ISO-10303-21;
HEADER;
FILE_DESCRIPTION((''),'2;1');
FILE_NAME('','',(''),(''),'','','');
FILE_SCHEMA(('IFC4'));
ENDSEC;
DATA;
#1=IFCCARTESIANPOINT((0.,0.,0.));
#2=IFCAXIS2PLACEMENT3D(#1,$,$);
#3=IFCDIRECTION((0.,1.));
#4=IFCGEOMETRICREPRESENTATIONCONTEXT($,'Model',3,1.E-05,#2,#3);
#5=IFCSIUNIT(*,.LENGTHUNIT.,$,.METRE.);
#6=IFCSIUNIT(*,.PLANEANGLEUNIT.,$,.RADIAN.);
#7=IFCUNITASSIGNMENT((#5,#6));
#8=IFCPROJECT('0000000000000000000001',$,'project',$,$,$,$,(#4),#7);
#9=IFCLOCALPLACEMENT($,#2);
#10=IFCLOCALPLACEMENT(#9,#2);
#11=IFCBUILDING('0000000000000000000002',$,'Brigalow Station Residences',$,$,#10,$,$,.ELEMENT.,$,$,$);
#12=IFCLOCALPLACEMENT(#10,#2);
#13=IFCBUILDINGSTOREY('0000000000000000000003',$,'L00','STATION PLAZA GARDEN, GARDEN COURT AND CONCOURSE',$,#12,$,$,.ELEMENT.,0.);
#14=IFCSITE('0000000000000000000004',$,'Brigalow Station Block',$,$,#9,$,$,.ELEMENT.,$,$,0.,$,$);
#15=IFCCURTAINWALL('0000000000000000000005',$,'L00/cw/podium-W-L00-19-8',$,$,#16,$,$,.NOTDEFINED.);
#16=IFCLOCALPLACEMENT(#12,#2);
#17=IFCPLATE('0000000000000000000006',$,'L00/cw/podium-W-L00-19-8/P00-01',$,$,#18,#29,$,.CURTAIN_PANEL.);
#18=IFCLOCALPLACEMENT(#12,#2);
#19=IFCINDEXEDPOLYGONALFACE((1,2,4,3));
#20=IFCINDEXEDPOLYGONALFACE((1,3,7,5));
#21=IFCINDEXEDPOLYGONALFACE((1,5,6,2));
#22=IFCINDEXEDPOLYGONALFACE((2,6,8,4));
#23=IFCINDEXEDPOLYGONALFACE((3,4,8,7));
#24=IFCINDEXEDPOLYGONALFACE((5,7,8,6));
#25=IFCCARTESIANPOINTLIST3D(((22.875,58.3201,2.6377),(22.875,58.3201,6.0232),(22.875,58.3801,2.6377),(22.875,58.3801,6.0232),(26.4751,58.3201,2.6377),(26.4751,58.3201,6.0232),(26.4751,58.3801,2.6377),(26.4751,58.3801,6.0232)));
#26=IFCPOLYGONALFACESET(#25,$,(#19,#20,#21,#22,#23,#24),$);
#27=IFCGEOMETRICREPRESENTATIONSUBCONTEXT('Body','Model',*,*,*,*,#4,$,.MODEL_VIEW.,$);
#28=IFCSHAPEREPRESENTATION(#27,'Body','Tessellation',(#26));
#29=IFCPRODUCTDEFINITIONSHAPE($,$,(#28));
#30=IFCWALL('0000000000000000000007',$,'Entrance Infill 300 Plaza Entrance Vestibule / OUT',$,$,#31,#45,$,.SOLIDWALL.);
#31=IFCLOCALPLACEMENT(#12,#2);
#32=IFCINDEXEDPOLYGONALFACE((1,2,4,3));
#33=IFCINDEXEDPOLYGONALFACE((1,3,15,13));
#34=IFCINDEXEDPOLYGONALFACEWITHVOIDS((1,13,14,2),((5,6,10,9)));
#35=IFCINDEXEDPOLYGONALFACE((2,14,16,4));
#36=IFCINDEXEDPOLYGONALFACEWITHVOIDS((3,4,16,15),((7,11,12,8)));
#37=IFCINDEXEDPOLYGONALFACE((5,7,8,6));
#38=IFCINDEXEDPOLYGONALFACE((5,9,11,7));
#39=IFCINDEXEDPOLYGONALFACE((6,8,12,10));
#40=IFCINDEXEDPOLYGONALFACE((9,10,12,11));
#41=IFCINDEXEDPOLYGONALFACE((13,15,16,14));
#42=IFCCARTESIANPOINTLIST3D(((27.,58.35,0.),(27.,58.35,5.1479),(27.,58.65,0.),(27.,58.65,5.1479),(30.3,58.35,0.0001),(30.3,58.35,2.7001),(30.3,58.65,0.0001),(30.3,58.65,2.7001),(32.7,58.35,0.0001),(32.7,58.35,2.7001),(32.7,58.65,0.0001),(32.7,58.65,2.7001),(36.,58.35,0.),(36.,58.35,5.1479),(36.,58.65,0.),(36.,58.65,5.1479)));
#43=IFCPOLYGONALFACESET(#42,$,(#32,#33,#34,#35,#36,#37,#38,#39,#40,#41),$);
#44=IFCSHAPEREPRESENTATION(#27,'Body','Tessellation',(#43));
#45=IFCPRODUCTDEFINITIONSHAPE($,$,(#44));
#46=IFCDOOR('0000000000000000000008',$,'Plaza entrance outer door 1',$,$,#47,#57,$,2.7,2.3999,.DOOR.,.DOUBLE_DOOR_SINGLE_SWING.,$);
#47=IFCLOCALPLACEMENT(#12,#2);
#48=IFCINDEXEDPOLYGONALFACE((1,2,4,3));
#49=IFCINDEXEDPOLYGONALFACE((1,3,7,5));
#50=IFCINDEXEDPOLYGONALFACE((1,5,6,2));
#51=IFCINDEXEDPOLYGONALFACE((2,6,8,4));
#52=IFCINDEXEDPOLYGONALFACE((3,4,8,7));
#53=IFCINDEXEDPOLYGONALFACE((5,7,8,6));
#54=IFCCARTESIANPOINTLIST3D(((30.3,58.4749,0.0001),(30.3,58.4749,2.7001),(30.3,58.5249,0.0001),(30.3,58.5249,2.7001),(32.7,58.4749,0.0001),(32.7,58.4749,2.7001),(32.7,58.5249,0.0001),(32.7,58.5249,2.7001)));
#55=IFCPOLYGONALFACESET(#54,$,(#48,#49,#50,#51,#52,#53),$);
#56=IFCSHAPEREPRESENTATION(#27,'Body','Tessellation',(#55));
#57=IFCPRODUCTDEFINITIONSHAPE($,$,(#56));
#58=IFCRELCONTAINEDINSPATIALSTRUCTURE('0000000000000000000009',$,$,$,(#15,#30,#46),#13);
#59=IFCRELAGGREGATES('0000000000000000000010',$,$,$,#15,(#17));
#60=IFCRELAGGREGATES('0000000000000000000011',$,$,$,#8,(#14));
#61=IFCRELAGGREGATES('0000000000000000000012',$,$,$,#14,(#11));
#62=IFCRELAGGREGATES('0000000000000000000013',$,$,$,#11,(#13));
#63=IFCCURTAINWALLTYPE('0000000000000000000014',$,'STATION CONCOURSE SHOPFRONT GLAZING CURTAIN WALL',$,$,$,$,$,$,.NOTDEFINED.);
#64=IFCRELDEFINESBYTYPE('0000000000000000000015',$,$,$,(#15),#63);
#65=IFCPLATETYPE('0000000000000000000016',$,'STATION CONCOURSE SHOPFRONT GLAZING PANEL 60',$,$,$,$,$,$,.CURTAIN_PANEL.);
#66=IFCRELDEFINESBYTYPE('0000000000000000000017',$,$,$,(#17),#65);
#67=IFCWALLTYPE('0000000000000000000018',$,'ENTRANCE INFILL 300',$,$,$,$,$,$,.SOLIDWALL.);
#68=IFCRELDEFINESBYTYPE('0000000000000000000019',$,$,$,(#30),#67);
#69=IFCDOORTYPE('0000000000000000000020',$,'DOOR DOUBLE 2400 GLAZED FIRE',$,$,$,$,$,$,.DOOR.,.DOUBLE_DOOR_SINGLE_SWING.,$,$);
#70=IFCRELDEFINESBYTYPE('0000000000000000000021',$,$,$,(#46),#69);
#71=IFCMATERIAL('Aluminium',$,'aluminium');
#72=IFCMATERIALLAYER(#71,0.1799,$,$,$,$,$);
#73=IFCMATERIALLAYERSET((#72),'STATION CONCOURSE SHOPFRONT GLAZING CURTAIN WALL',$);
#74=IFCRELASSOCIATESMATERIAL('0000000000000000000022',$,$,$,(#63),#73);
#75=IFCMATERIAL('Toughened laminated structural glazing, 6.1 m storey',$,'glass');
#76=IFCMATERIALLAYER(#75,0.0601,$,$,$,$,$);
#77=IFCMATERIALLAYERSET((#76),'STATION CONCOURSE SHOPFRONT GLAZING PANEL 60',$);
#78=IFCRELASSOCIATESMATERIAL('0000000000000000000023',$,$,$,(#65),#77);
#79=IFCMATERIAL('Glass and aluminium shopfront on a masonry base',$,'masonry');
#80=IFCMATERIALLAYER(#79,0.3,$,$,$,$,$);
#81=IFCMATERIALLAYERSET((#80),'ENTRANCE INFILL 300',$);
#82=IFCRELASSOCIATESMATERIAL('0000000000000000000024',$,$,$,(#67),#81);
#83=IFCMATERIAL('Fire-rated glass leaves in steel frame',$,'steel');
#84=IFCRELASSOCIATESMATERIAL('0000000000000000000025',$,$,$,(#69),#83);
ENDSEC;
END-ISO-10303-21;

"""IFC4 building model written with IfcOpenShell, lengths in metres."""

from ifc_helpers import new_model, si_unit, direction, frame, frame_2d, origin, origin_2d, place, context, subcontext, project, spatial, rectangle, extrude, material, layer, layer_set, type_object, element, fill, aggregate, save


model = new_model("IFC4")

# Units and contexts
model_context = context("Model", 3, precision=1e-05, world=origin(), true_north=direction((0.0, 1.0)))
body_context = subcontext(model_context, "Body", "Model", "MODEL_VIEW")
ifc_project = project(units=[si_unit("LENGTHUNIT", "METRE"), si_unit("PLANEANGLEUNIT", "RADIAN")], contexts=[model_context])

# Site, building, storey
site_placement = place(None, origin())
site = spatial("IfcSite", under=ifc_project, at=site_placement, Name="Brigalow Station Block", CompositionType="ELEMENT", RefElevation=0.0)
building_placement = place(site_placement, origin())
building = spatial("IfcBuilding", under=site, at=building_placement, Name="Brigalow Station Residences", CompositionType="ELEMENT")
storey_placement = place(building_placement, origin())
storey = spatial("IfcBuildingStorey", under=building, at=storey_placement, Name="L00", Description="STATION PLAZA GARDEN, GARDEN COURT AND CONCOURSE", CompositionType="ELEMENT", Elevation=0.0)

# Curtain wall
ifc_material_1 = material(Name="Aluminium", Category="aluminium")
ifc_layer_1 = layer(ifc_material_1, 0.1799)
ifc_layer_set_1 = layer_set([ifc_layer_1], Name="STATION CONCOURSE SHOPFRONT GLAZING CURTAIN WALL")
curtain_wall_type_1 = type_object("IfcCurtainWallType", Name="STATION CONCOURSE SHOPFRONT GLAZING CURTAIN WALL", PredefinedType="NOTDEFINED", material=ifc_layer_set_1)
curtain_wall_1_placement = place(storey_placement, origin())
curtain_wall_1 = element("IfcCurtainWall", 1, at=curtain_wall_1_placement, inside=storey, type_object=curtain_wall_type_1, Name="L00/cw/podium-W-L00-19-8", PredefinedType="NOTDEFINED")

# Plate
ifc_material_2 = material(Name="Toughened laminated structural glazing, 6.1 m storey", Category="glass")
ifc_layer_2 = layer(ifc_material_2, 0.0601)
ifc_layer_set_2 = layer_set([ifc_layer_2], Name="STATION CONCOURSE SHOPFRONT GLAZING PANEL 60")
plate_type_1 = type_object("IfcPlateType", Name="STATION CONCOURSE SHOPFRONT GLAZING PANEL 60", PredefinedType="CURTAIN_PANEL", material=ifc_layer_set_2)
plate_1_placement = place(storey_placement, frame((24.675, 58.3501, 2.6377), z_axis=(0.0, 0.0, 1.0), x_axis=(-1.0, 0.0, 0.0)))
plate_1 = element("IfcPlate", 2, at=plate_1_placement, type_object=plate_type_1, Name="L00/cw/podium-W-L00-19-8/P00-01", PredefinedType="CURTAIN_PANEL", context=body_context, shape_type="SweptSolid", body=[
    extrude(rectangle(XDim=3.6001, YDim=0.0601, at=origin_2d()), origin(), (0.0, 0.0, 1.0), 3.3855),
])
aggregate(curtain_wall_1, [plate_1])

# Wall, opening, door
ifc_material_3 = material(Name="Glass and aluminium shopfront on a masonry base", Category="masonry")
ifc_layer_3 = layer(ifc_material_3, 0.3)
ifc_layer_set_3 = layer_set([ifc_layer_3], Name="ENTRANCE INFILL 300")
wall_type = type_object("IfcWallType", Name="ENTRANCE INFILL 300", PredefinedType="SOLIDWALL", material=ifc_layer_set_3)
wall_placement = place(storey_placement, frame((27.0, 58.5, 0.0), z_axis=(0.0, 0.0, 1.0), x_axis=(1.0, 0.0, 0.0)))
wall = element("IfcWall", 3, at=wall_placement, inside=storey, type_object=wall_type, Name="Entrance Infill 300 Plaza Entrance Vestibule / OUT", PredefinedType="SOLIDWALL", context=body_context, shape_type="SweptSolid", body=[
    extrude(rectangle(XDim=9.0, YDim=0.3, at=frame_2d((4.5, 0.0))), origin(), (0.0, 0.0, 1.0), 5.1479),
])
opening_placement = place(wall_placement, frame((3.3, 0.0, 0.0)))
opening = element("IfcOpeningElement", 4, at=opening_placement, cuts=wall, PredefinedType="OPENING", context=body_context, shape_type="SweptSolid", body=[
    extrude(rectangle(XDim=2.3999, YDim=2.7, at=frame_2d((1.2, 1.3501))), frame((0.0, 0.1602, 0.0), z_axis=(0.0, -1.0, 0.0), x_axis=(1.0, 0.0, 0.0)), (0.0, 0.0, 1.0), 0.3201),
])
ifc_material_4 = material(Name="Fire-rated glass leaves in steel frame", Category="steel")
door_type = type_object("IfcDoorType", Name="DOOR DOUBLE 2400 GLAZED FIRE", OperationType="DOUBLE_DOOR_SINGLE_SWING", PredefinedType="DOOR", material=ifc_material_4)
door_placement = place(opening_placement, origin())
door = element("IfcDoor", 5, at=door_placement, inside=storey, type_object=door_type, Name="Plaza entrance outer door 1", OperationType="DOUBLE_DOOR_SINGLE_SWING", OverallHeight=2.7, OverallWidth=2.3999, PredefinedType="DOOR", context=body_context, shape_type="SweptSolid", body=[
    extrude(rectangle(XDim=2.3999, YDim=2.7, at=frame_2d((1.2, 1.3501))), frame((0.0, 0.0249, 0.0), z_axis=(0.0, -1.0, 0.0), x_axis=(1.0, 0.0, 0.0)), (0.0, 0.0, 1.0), 0.05),
])
fill(opening, door)

save(model, "model.ifc")
